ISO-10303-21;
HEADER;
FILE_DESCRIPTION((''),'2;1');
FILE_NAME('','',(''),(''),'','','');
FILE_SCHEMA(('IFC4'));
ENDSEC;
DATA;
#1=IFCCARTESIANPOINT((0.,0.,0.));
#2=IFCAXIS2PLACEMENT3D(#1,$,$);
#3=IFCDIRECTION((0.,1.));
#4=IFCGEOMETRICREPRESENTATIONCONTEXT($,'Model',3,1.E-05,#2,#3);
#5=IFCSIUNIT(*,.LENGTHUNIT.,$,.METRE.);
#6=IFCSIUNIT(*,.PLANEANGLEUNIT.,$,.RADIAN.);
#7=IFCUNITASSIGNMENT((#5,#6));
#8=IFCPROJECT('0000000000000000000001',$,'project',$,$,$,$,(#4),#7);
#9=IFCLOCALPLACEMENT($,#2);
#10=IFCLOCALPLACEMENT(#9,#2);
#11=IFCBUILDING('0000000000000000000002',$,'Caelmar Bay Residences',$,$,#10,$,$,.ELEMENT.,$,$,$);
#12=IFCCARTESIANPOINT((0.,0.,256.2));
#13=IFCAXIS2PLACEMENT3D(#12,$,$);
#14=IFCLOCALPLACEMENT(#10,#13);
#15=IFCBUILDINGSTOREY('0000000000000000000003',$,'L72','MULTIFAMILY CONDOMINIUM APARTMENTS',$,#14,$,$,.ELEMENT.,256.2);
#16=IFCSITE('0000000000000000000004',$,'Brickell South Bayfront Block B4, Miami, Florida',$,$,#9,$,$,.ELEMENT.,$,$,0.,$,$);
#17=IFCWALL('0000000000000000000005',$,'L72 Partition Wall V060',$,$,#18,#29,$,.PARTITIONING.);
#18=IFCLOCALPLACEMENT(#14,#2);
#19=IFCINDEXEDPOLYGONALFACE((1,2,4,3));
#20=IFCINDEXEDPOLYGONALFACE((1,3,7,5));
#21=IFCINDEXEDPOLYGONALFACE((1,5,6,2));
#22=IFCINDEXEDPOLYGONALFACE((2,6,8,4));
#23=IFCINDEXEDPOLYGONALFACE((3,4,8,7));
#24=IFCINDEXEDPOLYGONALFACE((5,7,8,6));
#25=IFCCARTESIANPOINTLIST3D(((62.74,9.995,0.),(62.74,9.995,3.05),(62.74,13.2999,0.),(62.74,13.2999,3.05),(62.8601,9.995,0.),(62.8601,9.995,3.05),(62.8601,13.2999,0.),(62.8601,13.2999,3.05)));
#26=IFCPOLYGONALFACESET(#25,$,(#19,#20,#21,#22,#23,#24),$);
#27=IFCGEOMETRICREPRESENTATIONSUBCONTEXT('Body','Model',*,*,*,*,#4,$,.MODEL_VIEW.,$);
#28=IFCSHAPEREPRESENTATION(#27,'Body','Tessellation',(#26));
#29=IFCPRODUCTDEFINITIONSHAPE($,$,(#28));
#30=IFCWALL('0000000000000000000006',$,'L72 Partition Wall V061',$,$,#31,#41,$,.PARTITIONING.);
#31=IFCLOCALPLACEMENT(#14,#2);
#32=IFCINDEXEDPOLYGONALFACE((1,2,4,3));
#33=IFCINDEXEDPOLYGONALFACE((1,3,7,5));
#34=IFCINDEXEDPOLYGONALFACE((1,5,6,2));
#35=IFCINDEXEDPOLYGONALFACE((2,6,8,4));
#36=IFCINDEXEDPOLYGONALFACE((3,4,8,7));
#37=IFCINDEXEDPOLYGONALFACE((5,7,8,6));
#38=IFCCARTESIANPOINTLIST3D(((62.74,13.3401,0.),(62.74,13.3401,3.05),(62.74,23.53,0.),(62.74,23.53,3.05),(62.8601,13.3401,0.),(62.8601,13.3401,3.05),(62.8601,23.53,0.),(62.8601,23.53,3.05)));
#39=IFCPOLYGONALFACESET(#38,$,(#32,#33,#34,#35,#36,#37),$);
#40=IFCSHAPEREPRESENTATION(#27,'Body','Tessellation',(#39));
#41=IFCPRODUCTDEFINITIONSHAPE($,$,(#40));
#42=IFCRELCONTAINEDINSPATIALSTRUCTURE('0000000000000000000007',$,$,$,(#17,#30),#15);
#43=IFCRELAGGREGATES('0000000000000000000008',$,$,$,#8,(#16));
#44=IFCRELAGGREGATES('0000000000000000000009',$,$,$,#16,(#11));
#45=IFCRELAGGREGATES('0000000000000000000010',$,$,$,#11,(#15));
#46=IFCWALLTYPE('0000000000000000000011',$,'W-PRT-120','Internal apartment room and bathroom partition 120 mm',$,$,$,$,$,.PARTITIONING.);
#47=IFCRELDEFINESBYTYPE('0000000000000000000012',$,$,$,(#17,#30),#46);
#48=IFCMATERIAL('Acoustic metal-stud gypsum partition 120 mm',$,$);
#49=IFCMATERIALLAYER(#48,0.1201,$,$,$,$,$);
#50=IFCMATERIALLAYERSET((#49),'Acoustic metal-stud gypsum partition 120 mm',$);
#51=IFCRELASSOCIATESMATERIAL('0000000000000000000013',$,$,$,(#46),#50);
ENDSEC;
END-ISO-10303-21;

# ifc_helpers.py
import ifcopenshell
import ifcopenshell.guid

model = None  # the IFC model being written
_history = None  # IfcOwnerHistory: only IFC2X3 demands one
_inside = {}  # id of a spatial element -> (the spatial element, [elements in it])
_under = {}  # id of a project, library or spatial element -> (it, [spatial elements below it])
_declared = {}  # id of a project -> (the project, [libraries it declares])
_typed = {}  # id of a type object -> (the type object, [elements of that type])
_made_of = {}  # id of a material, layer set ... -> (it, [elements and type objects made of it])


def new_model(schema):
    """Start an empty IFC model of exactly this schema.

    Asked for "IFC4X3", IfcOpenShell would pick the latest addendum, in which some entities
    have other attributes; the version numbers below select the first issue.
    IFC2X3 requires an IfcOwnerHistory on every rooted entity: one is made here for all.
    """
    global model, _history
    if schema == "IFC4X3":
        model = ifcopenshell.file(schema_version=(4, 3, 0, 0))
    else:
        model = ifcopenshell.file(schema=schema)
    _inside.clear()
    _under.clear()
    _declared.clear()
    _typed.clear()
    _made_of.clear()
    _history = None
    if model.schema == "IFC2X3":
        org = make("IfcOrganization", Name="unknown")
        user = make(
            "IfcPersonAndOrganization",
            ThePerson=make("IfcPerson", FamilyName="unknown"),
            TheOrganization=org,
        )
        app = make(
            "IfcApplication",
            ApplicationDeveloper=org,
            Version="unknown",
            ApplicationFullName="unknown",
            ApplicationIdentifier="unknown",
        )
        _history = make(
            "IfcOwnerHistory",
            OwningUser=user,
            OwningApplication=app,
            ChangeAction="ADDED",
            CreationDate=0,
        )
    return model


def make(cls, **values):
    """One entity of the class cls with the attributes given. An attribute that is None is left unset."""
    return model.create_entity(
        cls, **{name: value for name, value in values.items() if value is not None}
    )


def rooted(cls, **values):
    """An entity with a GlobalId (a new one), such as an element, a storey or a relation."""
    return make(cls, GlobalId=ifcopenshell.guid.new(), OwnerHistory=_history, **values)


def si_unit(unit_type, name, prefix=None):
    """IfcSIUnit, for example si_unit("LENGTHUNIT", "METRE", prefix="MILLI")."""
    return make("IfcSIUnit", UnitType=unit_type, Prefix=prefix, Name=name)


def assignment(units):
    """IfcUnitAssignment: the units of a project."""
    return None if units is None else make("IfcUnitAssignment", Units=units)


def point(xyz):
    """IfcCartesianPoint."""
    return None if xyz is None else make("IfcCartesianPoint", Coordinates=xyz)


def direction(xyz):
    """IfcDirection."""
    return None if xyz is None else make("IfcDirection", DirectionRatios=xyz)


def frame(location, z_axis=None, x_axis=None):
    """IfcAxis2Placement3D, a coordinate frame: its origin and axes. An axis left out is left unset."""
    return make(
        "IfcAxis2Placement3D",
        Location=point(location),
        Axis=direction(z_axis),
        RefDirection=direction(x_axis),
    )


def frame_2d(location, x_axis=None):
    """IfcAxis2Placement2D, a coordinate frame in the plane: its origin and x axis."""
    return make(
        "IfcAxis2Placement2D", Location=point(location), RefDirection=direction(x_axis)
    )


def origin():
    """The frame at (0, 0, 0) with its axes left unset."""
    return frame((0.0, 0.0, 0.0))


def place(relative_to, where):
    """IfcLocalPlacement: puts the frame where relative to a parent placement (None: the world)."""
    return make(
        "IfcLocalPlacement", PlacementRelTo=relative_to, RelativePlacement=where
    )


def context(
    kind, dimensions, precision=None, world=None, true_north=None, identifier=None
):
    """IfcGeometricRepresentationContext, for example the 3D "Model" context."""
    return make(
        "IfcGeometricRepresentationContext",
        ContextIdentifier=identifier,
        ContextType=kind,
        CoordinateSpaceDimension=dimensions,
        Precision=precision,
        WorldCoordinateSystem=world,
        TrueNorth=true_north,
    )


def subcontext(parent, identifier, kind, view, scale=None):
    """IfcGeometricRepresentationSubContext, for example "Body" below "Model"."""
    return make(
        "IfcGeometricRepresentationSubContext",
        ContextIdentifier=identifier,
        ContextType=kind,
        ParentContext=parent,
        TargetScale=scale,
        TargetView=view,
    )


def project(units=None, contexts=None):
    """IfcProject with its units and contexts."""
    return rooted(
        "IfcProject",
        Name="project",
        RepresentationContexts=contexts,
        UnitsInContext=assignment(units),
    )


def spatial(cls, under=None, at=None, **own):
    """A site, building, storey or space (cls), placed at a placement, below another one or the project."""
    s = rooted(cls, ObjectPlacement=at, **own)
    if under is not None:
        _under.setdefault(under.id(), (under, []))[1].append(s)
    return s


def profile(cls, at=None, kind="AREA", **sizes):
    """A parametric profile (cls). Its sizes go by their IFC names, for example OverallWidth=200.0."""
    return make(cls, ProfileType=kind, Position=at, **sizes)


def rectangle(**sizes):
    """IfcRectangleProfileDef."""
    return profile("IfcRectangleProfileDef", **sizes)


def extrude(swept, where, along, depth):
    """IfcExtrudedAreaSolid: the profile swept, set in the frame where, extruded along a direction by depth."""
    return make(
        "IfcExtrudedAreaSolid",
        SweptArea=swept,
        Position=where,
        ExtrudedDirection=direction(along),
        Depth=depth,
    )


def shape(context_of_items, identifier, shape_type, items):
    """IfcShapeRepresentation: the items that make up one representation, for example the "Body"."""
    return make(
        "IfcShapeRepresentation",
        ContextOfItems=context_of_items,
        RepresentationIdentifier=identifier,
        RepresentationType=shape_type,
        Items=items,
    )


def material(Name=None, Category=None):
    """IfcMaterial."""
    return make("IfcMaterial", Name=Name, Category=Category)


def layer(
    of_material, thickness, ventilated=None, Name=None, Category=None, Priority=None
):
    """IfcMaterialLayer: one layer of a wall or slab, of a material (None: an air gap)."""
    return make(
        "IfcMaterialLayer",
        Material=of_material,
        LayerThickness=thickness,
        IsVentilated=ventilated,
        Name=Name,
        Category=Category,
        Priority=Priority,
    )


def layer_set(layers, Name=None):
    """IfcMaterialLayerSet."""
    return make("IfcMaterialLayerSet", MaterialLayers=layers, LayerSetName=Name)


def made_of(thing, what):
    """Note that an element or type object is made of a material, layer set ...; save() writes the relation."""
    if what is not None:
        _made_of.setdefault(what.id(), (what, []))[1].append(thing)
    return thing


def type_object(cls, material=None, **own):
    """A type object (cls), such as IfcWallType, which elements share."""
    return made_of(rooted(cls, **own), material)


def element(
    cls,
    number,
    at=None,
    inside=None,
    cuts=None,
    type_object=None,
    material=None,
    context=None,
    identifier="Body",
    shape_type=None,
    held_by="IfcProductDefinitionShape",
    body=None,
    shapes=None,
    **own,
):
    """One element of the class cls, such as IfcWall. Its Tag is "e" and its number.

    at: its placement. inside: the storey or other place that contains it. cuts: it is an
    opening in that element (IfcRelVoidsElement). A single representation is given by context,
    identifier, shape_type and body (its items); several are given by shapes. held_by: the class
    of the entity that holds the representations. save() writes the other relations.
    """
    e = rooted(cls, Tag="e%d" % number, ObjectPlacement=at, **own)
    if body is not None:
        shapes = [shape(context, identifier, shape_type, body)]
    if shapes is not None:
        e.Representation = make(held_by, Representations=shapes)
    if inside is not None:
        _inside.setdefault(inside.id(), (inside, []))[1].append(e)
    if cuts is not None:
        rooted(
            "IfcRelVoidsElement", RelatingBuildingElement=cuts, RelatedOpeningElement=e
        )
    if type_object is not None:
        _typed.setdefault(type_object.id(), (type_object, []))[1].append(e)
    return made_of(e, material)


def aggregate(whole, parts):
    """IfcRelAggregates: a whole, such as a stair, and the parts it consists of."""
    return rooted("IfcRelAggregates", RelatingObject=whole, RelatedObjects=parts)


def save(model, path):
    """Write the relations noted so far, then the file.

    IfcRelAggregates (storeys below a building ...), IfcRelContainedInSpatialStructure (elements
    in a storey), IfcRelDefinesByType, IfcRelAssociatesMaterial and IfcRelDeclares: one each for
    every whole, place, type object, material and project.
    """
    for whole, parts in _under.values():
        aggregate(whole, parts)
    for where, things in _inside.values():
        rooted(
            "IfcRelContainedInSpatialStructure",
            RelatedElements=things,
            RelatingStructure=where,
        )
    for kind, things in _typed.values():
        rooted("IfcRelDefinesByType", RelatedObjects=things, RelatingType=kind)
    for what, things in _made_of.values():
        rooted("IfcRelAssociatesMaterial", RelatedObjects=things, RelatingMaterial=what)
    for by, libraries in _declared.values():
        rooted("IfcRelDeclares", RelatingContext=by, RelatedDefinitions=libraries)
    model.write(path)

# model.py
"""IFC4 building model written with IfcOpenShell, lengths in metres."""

from ifc_helpers import new_model, si_unit, direction, frame, frame_2d, origin, place, context, subcontext, project, spatial, rectangle, extrude, material, layer, layer_set, type_object, element, save


model = new_model("IFC4")

# Units and contexts
model_context = context("Model", 3, precision=1e-05, world=origin(), true_north=direction((0.0, 1.0)))
body_context = subcontext(model_context, "Body", "Model", "MODEL_VIEW")
ifc_project = project(units=[si_unit("LENGTHUNIT", "METRE"), si_unit("PLANEANGLEUNIT", "RADIAN")], contexts=[model_context])

# Site, building, storey
site_placement = place(None, origin())
site = spatial("IfcSite", under=ifc_project, at=site_placement, Name="Brickell South Bayfront Block B4, Miami, Florida", CompositionType="ELEMENT", RefElevation=0.0)
building_placement = place(site_placement, origin())
building = spatial("IfcBuilding", under=site, at=building_placement, Name="Caelmar Bay Residences", CompositionType="ELEMENT")
storey_placement = place(building_placement, frame((0.0, 0.0, 256.2)))
storey = spatial("IfcBuildingStorey", under=building, at=storey_placement, Name="L72", Description="MULTIFAMILY CONDOMINIUM APARTMENTS", CompositionType="ELEMENT", Elevation=256.2)

# Walls
ifc_material_1 = material(Name="Acoustic metal-stud gypsum partition 120 mm")
ifc_layer_1 = layer(ifc_material_1, 0.1201)
ifc_layer_set_1 = layer_set([ifc_layer_1], Name="Acoustic metal-stud gypsum partition 120 mm")
wall_type_1 = type_object("IfcWallType", Name="W-PRT-120", Description="Internal apartment room and bathroom partition 120 mm", PredefinedType="PARTITIONING", material=ifc_layer_set_1)
wall_1_placement = place(storey_placement, frame((62.8, 9.9951, 0.0), z_axis=(0.0, 0.0, 1.0), x_axis=(0.0, 1.0, 0.0)))
element("IfcWall", 1, at=wall_1_placement, inside=storey, type_object=wall_type_1, Name="L72 Partition Wall V060", PredefinedType="PARTITIONING", context=body_context, shape_type="SweptSolid", body=[
    extrude(rectangle(XDim=3.3049, YDim=0.1201, at=frame_2d((1.6523, 0.0))), origin(), (0.0, 0.0, 1.0), 3.05),
])
wall_2_placement = place(storey_placement, frame((62.8, 13.3401, 0.0), z_axis=(0.0, 0.0, 1.0), x_axis=(0.0, 1.0, 0.0)))
element("IfcWall", 2, at=wall_2_placement, inside=storey, type_object=wall_type_1, Name="L72 Partition Wall V061", PredefinedType="PARTITIONING", context=body_context, shape_type="SweptSolid", body=[
    extrude(rectangle(XDim=10.1899, YDim=0.1201, at=frame_2d((5.095, 0.0))), origin(), (0.0, 0.0, 1.0), 3.05),
])

save(model, "model.ifc")
